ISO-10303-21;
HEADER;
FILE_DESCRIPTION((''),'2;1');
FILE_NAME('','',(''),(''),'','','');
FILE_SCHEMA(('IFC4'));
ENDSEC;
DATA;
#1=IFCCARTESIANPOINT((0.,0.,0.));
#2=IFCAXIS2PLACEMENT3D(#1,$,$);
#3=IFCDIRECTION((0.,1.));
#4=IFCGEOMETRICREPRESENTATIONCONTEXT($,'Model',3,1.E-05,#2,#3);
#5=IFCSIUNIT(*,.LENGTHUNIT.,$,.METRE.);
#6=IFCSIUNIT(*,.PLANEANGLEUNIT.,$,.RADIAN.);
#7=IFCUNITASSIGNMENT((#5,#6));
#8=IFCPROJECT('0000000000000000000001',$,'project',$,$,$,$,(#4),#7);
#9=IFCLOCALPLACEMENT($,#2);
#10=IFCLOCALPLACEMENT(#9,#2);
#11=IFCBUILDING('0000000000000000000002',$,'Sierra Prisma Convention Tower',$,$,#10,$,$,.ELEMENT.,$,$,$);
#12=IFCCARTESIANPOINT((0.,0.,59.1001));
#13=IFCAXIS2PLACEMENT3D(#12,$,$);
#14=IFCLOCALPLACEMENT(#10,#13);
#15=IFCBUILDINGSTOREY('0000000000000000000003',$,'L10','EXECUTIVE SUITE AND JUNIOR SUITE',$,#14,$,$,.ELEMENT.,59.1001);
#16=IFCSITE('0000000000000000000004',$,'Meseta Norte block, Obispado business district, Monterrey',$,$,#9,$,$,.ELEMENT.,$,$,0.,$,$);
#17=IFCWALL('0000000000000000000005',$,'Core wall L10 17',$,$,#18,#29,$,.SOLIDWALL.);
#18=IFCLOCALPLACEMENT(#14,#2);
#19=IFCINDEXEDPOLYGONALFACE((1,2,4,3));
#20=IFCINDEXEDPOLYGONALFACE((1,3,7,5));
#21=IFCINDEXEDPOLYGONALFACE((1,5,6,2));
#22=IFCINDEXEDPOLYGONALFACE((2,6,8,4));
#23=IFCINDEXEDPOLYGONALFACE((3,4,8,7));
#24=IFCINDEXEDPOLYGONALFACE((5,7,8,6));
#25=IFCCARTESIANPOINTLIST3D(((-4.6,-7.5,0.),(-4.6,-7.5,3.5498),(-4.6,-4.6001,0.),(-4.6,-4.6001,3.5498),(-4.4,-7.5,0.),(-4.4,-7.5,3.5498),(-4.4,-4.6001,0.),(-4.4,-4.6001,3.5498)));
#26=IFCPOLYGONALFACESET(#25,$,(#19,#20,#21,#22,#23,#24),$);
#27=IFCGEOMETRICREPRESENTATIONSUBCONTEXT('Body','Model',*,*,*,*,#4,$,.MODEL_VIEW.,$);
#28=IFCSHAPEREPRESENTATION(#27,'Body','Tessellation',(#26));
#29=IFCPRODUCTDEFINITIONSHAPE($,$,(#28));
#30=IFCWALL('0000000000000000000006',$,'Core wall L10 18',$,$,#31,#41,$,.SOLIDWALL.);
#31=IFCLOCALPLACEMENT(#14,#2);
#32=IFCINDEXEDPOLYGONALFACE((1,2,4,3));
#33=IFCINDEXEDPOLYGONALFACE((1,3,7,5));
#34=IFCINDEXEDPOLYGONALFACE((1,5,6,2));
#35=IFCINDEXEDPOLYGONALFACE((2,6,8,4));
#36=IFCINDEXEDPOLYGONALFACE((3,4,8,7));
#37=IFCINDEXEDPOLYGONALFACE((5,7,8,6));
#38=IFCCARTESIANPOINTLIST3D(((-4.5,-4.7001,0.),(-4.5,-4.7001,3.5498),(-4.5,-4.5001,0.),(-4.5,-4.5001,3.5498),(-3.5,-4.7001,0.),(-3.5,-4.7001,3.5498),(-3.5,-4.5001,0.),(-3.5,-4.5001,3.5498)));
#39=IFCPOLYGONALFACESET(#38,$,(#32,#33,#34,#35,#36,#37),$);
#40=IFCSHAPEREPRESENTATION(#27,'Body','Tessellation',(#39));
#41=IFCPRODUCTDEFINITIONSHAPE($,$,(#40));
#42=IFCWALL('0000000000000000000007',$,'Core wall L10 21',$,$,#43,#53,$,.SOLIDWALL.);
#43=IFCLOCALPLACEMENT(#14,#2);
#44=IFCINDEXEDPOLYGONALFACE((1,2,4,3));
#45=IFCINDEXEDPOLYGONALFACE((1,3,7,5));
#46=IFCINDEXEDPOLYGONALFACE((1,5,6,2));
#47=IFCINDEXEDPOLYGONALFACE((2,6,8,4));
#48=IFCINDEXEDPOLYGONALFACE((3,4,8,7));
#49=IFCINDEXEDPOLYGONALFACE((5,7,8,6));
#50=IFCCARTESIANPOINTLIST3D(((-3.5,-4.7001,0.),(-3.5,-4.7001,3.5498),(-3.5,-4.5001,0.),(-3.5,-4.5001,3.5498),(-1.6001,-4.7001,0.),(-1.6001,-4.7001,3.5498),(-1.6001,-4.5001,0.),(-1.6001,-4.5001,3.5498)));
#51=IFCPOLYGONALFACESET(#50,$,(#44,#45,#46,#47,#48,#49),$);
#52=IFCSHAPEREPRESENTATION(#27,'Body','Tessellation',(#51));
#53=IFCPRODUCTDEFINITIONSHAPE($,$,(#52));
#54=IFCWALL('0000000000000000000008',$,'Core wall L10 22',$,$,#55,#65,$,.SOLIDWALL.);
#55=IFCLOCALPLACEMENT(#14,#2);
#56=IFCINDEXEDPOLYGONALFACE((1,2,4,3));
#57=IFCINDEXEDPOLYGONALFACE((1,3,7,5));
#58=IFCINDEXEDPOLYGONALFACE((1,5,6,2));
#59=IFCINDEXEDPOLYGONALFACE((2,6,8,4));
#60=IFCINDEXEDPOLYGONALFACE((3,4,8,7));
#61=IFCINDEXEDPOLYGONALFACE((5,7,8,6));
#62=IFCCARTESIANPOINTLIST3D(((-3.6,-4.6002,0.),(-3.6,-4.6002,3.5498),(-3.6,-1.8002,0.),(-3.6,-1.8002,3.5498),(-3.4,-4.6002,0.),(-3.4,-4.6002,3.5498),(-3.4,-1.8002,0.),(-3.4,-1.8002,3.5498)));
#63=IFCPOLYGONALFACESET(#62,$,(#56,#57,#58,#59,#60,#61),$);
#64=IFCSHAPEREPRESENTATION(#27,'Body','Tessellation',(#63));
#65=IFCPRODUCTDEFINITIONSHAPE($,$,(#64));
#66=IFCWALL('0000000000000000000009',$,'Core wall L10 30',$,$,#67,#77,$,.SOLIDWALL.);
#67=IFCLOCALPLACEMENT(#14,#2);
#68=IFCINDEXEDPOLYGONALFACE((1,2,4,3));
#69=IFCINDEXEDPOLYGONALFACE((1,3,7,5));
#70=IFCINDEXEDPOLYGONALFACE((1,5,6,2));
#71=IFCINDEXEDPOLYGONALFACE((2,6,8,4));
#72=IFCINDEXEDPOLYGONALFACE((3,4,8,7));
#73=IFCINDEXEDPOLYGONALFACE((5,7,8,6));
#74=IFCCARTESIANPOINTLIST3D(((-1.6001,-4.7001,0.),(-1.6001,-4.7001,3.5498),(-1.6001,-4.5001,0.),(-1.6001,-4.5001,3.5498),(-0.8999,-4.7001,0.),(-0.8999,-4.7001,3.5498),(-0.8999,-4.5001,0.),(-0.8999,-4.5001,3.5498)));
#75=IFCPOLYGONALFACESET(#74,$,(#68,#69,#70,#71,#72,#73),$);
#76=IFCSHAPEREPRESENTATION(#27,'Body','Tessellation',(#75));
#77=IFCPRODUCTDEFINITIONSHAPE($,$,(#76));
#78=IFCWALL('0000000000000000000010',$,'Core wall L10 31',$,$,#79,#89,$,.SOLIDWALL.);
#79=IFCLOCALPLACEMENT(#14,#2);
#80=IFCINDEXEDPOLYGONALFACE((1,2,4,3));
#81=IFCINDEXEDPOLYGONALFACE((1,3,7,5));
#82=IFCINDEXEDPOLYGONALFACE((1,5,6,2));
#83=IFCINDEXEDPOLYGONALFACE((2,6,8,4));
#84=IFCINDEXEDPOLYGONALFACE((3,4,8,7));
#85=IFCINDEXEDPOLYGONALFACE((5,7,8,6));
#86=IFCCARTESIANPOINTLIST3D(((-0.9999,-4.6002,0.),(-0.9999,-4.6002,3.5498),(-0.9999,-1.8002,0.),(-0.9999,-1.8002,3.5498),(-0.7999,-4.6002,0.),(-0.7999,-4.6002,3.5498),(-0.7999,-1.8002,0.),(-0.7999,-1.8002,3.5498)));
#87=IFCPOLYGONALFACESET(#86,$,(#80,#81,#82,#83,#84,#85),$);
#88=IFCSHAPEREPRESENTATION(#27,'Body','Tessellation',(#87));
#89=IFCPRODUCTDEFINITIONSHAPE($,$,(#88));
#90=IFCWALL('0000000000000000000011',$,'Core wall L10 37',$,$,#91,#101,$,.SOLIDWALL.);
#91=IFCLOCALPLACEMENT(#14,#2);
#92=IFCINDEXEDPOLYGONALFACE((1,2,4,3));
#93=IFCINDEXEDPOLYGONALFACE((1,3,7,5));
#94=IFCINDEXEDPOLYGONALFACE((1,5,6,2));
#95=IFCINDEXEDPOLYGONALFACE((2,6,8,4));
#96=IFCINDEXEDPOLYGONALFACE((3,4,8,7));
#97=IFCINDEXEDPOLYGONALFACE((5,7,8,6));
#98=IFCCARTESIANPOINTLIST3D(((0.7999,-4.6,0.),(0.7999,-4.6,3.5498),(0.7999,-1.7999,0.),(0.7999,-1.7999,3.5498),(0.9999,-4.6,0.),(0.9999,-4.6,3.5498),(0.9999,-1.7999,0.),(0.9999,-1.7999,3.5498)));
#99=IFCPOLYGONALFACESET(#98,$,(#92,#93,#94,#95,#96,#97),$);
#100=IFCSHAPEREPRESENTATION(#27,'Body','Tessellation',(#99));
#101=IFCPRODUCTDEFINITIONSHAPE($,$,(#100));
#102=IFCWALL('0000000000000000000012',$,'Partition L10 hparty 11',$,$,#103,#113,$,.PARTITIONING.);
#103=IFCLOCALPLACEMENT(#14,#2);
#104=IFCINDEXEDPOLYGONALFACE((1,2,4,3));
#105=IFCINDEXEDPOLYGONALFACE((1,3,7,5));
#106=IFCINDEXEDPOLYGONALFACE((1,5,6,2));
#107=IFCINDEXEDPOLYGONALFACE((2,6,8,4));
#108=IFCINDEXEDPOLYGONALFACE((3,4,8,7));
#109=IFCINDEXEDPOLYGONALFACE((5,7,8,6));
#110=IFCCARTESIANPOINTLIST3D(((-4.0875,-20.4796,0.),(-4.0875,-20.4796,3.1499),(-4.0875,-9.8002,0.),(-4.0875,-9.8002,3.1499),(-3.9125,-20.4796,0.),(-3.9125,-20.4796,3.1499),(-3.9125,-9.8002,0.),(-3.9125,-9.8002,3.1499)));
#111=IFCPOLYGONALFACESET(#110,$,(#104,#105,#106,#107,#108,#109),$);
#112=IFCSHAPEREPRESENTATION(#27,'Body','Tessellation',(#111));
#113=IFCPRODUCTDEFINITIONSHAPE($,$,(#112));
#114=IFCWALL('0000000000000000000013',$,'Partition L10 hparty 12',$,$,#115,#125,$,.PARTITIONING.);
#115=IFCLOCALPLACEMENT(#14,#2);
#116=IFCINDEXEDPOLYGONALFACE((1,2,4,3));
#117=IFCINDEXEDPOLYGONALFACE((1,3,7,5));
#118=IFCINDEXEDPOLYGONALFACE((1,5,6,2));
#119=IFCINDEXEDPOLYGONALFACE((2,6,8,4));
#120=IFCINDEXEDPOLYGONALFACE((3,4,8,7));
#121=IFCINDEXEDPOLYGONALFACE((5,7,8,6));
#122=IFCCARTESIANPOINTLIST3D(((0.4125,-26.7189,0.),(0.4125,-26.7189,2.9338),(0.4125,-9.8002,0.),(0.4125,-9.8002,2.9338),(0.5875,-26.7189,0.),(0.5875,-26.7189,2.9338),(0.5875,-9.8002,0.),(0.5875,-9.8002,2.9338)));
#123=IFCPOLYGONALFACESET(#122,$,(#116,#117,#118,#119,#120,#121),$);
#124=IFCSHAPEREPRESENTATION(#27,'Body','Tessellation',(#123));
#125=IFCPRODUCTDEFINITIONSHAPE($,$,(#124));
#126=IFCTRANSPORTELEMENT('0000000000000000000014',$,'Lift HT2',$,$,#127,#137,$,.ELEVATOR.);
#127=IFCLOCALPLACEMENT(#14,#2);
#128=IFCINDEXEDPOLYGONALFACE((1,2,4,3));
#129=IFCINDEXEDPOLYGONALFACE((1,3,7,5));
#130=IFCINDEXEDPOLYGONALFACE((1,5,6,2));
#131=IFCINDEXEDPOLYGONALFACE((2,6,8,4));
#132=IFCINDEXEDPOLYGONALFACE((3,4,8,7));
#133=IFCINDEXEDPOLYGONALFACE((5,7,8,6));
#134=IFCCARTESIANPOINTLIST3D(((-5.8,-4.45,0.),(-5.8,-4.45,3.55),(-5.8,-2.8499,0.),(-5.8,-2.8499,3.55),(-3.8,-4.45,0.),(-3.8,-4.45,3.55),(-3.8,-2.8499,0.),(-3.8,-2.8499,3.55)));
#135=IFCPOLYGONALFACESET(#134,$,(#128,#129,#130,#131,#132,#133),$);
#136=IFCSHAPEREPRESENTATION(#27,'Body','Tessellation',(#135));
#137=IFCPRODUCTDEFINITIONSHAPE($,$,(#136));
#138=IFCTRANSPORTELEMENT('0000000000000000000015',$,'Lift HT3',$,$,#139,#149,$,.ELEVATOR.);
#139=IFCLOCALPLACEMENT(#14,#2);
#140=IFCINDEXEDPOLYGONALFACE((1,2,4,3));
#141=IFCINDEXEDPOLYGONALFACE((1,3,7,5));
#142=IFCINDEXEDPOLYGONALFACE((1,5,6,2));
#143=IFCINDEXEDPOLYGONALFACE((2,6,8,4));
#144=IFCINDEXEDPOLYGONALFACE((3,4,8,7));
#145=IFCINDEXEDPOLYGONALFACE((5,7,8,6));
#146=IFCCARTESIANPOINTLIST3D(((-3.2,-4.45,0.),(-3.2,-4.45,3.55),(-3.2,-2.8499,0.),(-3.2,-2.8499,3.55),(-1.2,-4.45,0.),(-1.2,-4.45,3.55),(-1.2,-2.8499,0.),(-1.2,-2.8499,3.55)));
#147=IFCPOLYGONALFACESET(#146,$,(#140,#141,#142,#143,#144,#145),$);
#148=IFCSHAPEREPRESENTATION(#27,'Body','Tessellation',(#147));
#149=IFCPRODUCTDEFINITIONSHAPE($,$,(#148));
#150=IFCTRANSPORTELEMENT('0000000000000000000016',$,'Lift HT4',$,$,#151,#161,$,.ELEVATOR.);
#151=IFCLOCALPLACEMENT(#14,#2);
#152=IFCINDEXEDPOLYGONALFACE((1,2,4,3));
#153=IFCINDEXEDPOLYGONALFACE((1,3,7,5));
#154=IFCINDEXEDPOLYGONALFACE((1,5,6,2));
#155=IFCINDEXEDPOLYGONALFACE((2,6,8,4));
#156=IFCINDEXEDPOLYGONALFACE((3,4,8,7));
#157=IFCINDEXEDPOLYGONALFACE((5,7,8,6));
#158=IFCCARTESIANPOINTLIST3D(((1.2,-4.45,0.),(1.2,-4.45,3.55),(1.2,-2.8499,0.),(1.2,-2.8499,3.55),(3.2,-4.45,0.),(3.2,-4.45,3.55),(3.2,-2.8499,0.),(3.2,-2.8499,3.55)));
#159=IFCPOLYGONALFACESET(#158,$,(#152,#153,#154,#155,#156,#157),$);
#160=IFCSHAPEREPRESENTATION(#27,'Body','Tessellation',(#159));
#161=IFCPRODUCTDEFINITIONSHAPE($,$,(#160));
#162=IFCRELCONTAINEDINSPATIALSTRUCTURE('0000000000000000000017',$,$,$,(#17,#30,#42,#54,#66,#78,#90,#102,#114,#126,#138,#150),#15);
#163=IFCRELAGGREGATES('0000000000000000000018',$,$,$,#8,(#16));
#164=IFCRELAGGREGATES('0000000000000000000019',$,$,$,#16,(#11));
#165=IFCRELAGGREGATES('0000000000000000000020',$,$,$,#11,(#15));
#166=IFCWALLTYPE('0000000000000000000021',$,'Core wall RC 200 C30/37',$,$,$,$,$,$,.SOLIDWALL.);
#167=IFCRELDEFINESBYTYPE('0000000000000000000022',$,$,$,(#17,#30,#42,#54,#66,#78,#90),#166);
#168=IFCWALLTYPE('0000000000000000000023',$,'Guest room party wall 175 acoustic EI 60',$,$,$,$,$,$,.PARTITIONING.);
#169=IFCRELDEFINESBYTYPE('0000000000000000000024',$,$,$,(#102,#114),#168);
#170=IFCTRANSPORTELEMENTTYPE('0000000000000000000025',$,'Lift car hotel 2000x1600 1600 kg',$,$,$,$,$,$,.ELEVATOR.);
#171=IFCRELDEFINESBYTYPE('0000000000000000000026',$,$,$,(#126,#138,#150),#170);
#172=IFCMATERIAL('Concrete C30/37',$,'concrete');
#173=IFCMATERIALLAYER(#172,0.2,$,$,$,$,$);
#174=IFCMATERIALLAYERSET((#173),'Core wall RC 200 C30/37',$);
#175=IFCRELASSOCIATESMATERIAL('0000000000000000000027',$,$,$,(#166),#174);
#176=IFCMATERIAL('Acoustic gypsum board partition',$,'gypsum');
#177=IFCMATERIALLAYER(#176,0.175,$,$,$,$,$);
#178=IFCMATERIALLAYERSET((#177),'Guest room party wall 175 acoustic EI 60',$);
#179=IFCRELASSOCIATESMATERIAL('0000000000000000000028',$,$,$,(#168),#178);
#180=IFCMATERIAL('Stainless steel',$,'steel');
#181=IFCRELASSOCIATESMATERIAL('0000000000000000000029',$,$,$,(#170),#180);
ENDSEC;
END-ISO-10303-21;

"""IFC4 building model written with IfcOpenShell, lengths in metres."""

from ifc_helpers import new_model, si_unit, direction, frame, frame_2d, origin, origin_2d, place, context, subcontext, project, spatial, rectangle, extrude, material, layer, layer_set, type_object, element, save


model = new_model("IFC4")

# Units and contexts
model_context = context("Model", 3, precision=1e-05, world=origin(), true_north=direction((0.0, 1.0)))
body_context = subcontext(model_context, "Body", "Model", "MODEL_VIEW")
ifc_project = project(units=[si_unit("LENGTHUNIT", "METRE"), si_unit("PLANEANGLEUNIT", "RADIAN")], contexts=[model_context])

# Site, building, storey
site_placement = place(None, origin())
site = spatial("IfcSite", under=ifc_project, at=site_placement, Name="Meseta Norte block, Obispado business district, Monterrey", CompositionType="ELEMENT", RefElevation=0.0)
building_placement = place(site_placement, origin())
building = spatial("IfcBuilding", under=site, at=building_placement, Name="Sierra Prisma Convention Tower", CompositionType="ELEMENT")
storey_placement = place(building_placement, frame((0.0, 0.0, 59.1001)))
storey = spatial("IfcBuildingStorey", under=building, at=storey_placement, Name="L10", Description="EXECUTIVE SUITE AND JUNIOR SUITE", CompositionType="ELEMENT", Elevation=59.1001)

# Walls
ifc_material_1 = material(Name="Concrete C30/37", Category="concrete")
ifc_layer_1 = layer(ifc_material_1, 0.2)
ifc_layer_set_1 = layer_set([ifc_layer_1], Name="Core wall RC 200 C30/37")
wall_type_1 = type_object("IfcWallType", Name="Core wall RC 200 C30/37", PredefinedType="SOLIDWALL", material=ifc_layer_set_1)
wall_1_placement = place(storey_placement, frame((-4.5, -4.6001, 0.0), z_axis=(0.0, 0.0, 1.0), x_axis=(0.0, -1.0, 0.0)))
element("IfcWall", 1, at=wall_1_placement, inside=storey, type_object=wall_type_1, Name="Core wall L10 17", PredefinedType="SOLIDWALL", context=body_context, shape_type="SweptSolid", body=[
    extrude(rectangle(XDim=2.8999, YDim=0.2, at=frame_2d((1.45, 0.0))), origin(), (0.0, 0.0, 1.0), 3.5498),
])
wall_2_placement = place(storey_placement, frame((-4.5, -4.6001, 0.0), z_axis=(0.0, 0.0, 1.0), x_axis=(1.0, 0.0, 0.0)))
element("IfcWall", 2, at=wall_2_placement, inside=storey, type_object=wall_type_1, Name="Core wall L10 18", PredefinedType="SOLIDWALL", context=body_context, shape_type="SweptSolid", body=[
    extrude(rectangle(XDim=1.0, YDim=0.2, at=frame_2d((0.5, 0.0))), origin(), (0.0, 0.0, 1.0), 3.5498),
])
wall_3_placement = place(storey_placement, frame((-3.5, -4.6001, 0.0), z_axis=(0.0, 0.0, 1.0), x_axis=(1.0, 0.0, 0.0)))
element("IfcWall", 3, at=wall_3_placement, inside=storey, type_object=wall_type_1, Name="Core wall L10 21", PredefinedType="SOLIDWALL", context=body_context, shape_type="SweptSolid", body=[
    extrude(rectangle(XDim=1.8999, YDim=0.2, at=frame_2d((0.95, 0.0))), origin(), (0.0, 0.0, 1.0), 3.5498),
])
wall_4_placement = place(storey_placement, frame((-3.5, -4.6001, 0.0), z_axis=(0.0, 0.0, 1.0), x_axis=(0.0, 1.0, 0.0)))
element("IfcWall", 4, at=wall_4_placement, inside=storey, type_object=wall_type_1, Name="Core wall L10 22", PredefinedType="SOLIDWALL", context=body_context, shape_type="SweptSolid", body=[
    extrude(rectangle(XDim=2.8, YDim=0.2, at=frame_2d((1.3999, 0.0))), origin(), (0.0, 0.0, 1.0), 3.5498),
])

# Walls
wall_5_placement = place(storey_placement, frame((-1.6001, -4.6001, 0.0), z_axis=(0.0, 0.0, 1.0), x_axis=(1.0, 0.0, 0.0)))
element("IfcWall", 5, at=wall_5_placement, inside=storey, type_object=wall_type_1, Name="Core wall L10 30", PredefinedType="SOLIDWALL", context=body_context, shape_type="SweptSolid", body=[
    extrude(rectangle(XDim=0.7002, YDim=0.2, at=frame_2d((0.3501, 0.0))), origin(), (0.0, 0.0, 1.0), 3.5498),
])
wall_6_placement = place(storey_placement, frame((-0.8999, -4.6001, 0.0), z_axis=(0.0, 0.0, 1.0), x_axis=(0.0, 1.0, 0.0)))
element("IfcWall", 6, at=wall_6_placement, inside=storey, type_object=wall_type_1, Name="Core wall L10 31", PredefinedType="SOLIDWALL", context=body_context, shape_type="SweptSolid", body=[
    extrude(rectangle(XDim=2.8, YDim=0.2, at=frame_2d((1.3999, 0.0))), origin(), (0.0, 0.0, 1.0), 3.5498),
])

# Wall
wall_7_placement = place(storey_placement, frame((0.8999, -1.8, 0.0), z_axis=(0.0, 0.0, 1.0), x_axis=(0.0, -1.0, 0.0)))
element("IfcWall", 7, at=wall_7_placement, inside=storey, type_object=wall_type_1, Name="Core wall L10 37", PredefinedType="SOLIDWALL", context=body_context, shape_type="SweptSolid", body=[
    extrude(rectangle(XDim=2.8, YDim=0.2, at=frame_2d((1.3999, 0.0))), origin(), (0.0, 0.0, 1.0), 3.5498),
])

# Walls
ifc_material_2 = material(Name="Acoustic gypsum board partition", Category="gypsum")
ifc_layer_2 = layer(ifc_material_2, 0.175)
ifc_layer_set_2 = layer_set([ifc_layer_2], Name="Guest room party wall 175 acoustic EI 60")
wall_type_2 = type_object("IfcWallType", Name="Guest room party wall 175 acoustic EI 60", PredefinedType="PARTITIONING", material=ifc_layer_set_2)
wall_8_placement = place(storey_placement, frame((-4.0, -9.8, 0.0), z_axis=(0.0, 0.0, 1.0), x_axis=(0.0, -1.0, 0.0)))
element("IfcWall", 8, at=wall_8_placement, inside=storey, type_object=wall_type_2, Name="Partition L10 hparty 11", PredefinedType="PARTITIONING", context=body_context, shape_type="SweptSolid", body=[
    extrude(rectangle(XDim=10.6794, YDim=0.175, at=frame_2d((5.3398, 0.0))), origin(), (0.0, 0.0, 1.0), 3.1499),
])
wall_9_placement = place(storey_placement, frame((0.5, -9.8, 0.0), z_axis=(0.0, 0.0, 1.0), x_axis=(0.0, -1.0, 0.0)))
element("IfcWall", 9, at=wall_9_placement, inside=storey, type_object=wall_type_2, Name="Partition L10 hparty 12", PredefinedType="PARTITIONING", context=body_context, shape_type="SweptSolid", body=[
    extrude(rectangle(XDim=16.9187, YDim=0.175, at=frame_2d((8.4595, 0.0))), origin(), (0.0, 0.0, 1.0), 2.9338),
])

# Transport elements
ifc_material_3 = material(Name="Stainless steel", Category="steel")
transport_element_type = type_object("IfcTransportElementType", Name="Lift car hotel 2000x1600 1600 kg", PredefinedType="ELEVATOR", material=ifc_material_3)
for number, where, z_axis, x_axis, name in (
    (10, (-4.8, -3.6499, 0.0), (0.0, 0.0, 1.0), (1.0, 0.0, 0.0), "Lift HT2"),
    (11, (-2.2, -3.6499, 0.0), (0.0, 0.0, 1.0), (1.0, 0.0, 0.0), "Lift HT3"),
    (12, (2.2, -3.6499, 0.0), (0.0, 0.0, 1.0), (1.0, 0.0, 0.0), "Lift HT4"),
):
    element("IfcTransportElement", number, at=place(storey_placement, frame(where, z_axis=z_axis, x_axis=x_axis)), inside=storey, type_object=transport_element_type, Name=name, PredefinedType="ELEVATOR", context=body_context, shape_type="SweptSolid", body=[
        extrude(rectangle(XDim=2.0, YDim=1.6001, at=origin_2d()), origin(), (0.0, 0.0, 1.0), 3.55),
    ])

save(model, "model.ifc")
